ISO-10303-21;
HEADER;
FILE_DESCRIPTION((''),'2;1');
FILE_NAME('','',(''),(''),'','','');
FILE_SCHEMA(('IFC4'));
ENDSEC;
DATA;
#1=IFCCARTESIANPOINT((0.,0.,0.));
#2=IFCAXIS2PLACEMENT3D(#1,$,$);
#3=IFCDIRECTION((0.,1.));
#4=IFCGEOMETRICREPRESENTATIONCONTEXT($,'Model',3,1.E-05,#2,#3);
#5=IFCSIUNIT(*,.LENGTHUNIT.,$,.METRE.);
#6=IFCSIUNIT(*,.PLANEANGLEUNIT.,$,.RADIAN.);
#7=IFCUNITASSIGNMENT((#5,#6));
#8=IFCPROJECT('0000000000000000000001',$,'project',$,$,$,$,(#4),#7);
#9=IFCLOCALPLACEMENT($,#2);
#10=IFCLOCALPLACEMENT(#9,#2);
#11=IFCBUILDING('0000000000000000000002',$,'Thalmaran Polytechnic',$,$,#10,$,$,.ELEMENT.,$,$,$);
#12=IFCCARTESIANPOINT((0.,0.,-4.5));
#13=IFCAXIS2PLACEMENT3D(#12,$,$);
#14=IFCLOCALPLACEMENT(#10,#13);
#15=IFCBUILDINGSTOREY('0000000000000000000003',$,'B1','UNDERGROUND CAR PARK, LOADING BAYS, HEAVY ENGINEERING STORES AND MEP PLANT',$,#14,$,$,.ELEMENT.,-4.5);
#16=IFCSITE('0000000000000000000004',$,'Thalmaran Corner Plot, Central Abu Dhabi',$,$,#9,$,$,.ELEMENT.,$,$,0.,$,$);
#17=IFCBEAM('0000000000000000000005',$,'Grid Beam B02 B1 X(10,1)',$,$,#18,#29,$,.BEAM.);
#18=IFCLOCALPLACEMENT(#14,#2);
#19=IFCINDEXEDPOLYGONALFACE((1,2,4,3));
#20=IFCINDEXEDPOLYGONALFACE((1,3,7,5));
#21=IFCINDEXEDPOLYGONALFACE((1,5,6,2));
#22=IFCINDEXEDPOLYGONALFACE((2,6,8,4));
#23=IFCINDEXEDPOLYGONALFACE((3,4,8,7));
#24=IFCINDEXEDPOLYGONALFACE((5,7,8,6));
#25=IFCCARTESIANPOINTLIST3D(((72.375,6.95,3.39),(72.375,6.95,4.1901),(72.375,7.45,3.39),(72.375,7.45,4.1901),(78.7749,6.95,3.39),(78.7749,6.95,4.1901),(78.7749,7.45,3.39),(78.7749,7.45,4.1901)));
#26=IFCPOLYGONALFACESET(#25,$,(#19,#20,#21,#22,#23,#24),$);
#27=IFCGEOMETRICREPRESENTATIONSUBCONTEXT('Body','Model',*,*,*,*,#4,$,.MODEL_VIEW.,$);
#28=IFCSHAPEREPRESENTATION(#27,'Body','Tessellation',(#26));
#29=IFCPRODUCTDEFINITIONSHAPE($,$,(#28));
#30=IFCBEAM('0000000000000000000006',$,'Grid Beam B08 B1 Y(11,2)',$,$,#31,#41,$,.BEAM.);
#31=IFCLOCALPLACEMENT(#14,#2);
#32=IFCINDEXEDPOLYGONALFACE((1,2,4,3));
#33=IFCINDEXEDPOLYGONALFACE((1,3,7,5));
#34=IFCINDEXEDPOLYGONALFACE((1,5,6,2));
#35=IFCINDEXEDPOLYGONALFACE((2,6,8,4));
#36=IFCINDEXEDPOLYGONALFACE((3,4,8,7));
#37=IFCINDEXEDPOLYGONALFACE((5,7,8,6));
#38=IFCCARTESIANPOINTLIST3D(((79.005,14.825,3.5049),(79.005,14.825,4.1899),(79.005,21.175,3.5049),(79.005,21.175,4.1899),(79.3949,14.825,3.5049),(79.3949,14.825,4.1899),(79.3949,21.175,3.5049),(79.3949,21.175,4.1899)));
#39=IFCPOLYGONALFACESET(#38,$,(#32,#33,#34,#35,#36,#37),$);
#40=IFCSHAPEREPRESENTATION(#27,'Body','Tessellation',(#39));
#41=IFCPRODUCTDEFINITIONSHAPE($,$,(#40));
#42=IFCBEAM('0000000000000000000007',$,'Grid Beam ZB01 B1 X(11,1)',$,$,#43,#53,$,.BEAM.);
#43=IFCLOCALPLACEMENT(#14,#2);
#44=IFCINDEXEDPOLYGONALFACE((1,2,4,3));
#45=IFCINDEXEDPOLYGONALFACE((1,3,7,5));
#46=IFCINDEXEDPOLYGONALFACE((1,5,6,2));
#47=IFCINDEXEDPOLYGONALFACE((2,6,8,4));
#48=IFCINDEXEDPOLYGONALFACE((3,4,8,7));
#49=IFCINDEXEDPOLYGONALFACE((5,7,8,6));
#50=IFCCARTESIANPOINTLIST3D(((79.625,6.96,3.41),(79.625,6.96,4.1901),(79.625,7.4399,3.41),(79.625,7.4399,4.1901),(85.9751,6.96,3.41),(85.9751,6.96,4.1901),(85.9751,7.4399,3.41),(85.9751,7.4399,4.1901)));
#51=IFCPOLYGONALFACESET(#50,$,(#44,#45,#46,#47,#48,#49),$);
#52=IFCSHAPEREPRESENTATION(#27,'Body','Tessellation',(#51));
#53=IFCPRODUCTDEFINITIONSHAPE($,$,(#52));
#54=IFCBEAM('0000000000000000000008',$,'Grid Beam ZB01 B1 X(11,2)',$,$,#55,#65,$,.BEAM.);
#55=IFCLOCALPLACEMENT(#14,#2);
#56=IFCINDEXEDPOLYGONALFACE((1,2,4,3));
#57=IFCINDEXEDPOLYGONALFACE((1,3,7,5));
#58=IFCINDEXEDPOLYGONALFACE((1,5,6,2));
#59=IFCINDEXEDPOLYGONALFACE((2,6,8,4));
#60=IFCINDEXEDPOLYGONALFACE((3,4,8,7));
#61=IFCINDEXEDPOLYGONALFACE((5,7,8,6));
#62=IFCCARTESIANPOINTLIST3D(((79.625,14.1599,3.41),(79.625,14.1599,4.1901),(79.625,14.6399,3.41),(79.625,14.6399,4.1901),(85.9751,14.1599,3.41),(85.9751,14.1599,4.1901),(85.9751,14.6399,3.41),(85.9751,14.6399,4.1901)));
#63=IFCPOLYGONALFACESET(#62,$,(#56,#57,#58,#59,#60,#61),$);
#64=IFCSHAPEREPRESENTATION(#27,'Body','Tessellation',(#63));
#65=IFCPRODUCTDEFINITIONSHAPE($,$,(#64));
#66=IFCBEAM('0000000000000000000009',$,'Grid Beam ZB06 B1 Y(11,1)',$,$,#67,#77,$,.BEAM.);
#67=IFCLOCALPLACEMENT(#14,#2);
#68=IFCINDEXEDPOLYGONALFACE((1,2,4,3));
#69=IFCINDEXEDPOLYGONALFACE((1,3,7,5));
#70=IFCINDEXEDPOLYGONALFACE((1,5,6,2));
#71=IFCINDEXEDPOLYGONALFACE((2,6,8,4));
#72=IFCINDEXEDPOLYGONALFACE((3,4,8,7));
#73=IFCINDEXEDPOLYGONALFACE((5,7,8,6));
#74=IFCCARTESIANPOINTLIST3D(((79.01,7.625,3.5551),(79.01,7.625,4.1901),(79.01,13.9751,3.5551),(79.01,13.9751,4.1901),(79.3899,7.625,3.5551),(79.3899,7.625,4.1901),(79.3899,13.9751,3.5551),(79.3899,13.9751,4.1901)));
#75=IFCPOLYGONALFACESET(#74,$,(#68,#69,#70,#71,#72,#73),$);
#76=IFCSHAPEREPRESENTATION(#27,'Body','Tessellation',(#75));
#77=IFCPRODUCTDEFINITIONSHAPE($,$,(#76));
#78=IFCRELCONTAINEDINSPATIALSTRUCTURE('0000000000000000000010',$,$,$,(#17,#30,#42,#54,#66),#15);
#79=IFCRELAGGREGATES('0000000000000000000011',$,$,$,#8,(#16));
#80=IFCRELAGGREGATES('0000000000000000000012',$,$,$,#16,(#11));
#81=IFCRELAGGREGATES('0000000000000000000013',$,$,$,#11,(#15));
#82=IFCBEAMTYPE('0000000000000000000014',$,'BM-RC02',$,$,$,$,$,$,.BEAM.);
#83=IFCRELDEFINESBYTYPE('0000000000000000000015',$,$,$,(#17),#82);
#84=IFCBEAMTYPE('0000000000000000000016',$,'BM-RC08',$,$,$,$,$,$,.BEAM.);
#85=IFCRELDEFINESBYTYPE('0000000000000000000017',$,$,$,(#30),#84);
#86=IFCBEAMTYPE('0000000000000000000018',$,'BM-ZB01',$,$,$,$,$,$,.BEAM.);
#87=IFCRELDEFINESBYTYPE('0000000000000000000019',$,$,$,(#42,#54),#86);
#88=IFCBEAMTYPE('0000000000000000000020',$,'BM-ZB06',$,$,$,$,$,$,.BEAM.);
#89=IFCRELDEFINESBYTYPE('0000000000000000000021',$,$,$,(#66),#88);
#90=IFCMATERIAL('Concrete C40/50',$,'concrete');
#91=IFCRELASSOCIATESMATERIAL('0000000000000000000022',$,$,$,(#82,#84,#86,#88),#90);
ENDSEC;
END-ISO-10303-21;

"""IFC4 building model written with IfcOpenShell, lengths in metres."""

from ifc_helpers import new_model, si_unit, direction, frame, origin, origin_2d, place, context, subcontext, project, spatial, rectangle, extrude, material, material_profile, profile_set, type_object, element, save


model = new_model("IFC4")

# Units and contexts
model_context = context("Model", 3, precision=1e-05, world=origin(), true_north=direction((0.0, 1.0)))
body_context = subcontext(model_context, "Body", "Model", "MODEL_VIEW")
ifc_project = project(units=[si_unit("LENGTHUNIT", "METRE"), si_unit("PLANEANGLEUNIT", "RADIAN")], contexts=[model_context])

# Site, building, storey
site_placement = place(None, origin())
site = spatial("IfcSite", under=ifc_project, at=site_placement, Name="Thalmaran Corner Plot, Central Abu Dhabi", CompositionType="ELEMENT", RefElevation=0.0)
building_placement = place(site_placement, origin())
building = spatial("IfcBuilding", under=site, at=building_placement, Name="Thalmaran Polytechnic", CompositionType="ELEMENT")
storey_placement = place(building_placement, frame((0.0, 0.0, -4.5)))
storey = spatial("IfcBuildingStorey", under=building, at=storey_placement, Name="B1", Description="UNDERGROUND CAR PARK, LOADING BAYS, HEAVY ENGINEERING STORES AND MEP PLANT", CompositionType="ELEMENT", Elevation=-4.5)

# Shared definitions
ifc_material_1 = material(Name="Concrete C40/50", Category="concrete")

# Beams
ifc_material_profile_1 = material_profile(ifc_material_1, rectangle(XDim=0.5, YDim=0.8, at=origin_2d()), Name="RC 500x800")
ifc_profile_set_1 = profile_set([ifc_material_profile_1], Name="Concrete C40/50")
beam_type_1 = type_object("IfcBeamType", Name="BM-RC02", PredefinedType="BEAM", material=ifc_profile_set_1)
beam_1_placement = place(storey_placement, frame((72.375, 7.2, 3.79), z_axis=(1.0, 0.0, 0.0), x_axis=(0.0, 1.0, 0.0)))
element("IfcBeam", 1, at=beam_1_placement, inside=storey, type_object=beam_type_1, Name="Grid Beam B02 B1 X(10,1)", PredefinedType="BEAM", context=body_context, shape_type="SweptSolid", body=[
    extrude(rectangle(XDim=0.5, YDim=0.8, at=origin_2d()), origin(), (0.0, 0.0, 1.0), 6.3999),
])
ifc_material_profile_2 = material_profile(ifc_material_1, rectangle(XDim=0.3899, YDim=0.6851, at=origin_2d()), Name="RC 390x685")
ifc_profile_set_2 = profile_set([ifc_material_profile_2], Name="Concrete C40/50")
beam_type_2 = type_object("IfcBeamType", Name="BM-RC08", PredefinedType="BEAM", material=ifc_profile_set_2)
beam_2_placement = place(storey_placement, frame((79.2, 14.825, 3.8474), z_axis=(0.0, 1.0, 0.0), x_axis=(-1.0, 0.0, 0.0)))
element("IfcBeam", 2, at=beam_2_placement, inside=storey, type_object=beam_type_2, Name="Grid Beam B08 B1 Y(11,2)", PredefinedType="BEAM", context=body_context, shape_type="SweptSolid", body=[
    extrude(rectangle(XDim=0.3899, YDim=0.6851, at=origin_2d()), origin(), (0.0, 0.0, 1.0), 6.3501),
])
ifc_material_profile_3 = material_profile(ifc_material_1, rectangle(XDim=0.48, YDim=0.78, at=origin_2d()), Name="RC 480x780")
ifc_profile_set_3 = profile_set([ifc_material_profile_3], Name="Concrete C40/50")
beam_type_3 = type_object("IfcBeamType", Name="BM-ZB01", PredefinedType="BEAM", material=ifc_profile_set_3)
for number, where, z_axis, x_axis, name in (
    (3, (79.625, 7.2, 3.8), (1.0, 0.0, 0.0), (0.0, 1.0, 0.0), "Grid Beam ZB01 B1 X(11,1)"),
    (4, (79.625, 14.3999, 3.8), (1.0, 0.0, 0.0), (0.0, 1.0, 0.0), "Grid Beam ZB01 B1 X(11,2)"),
):
    element("IfcBeam", number, at=place(storey_placement, frame(where, z_axis=z_axis, x_axis=x_axis)), inside=storey, type_object=beam_type_3, Name=name, PredefinedType="BEAM", context=body_context, shape_type="SweptSolid", body=[
        extrude(rectangle(XDim=0.48, YDim=0.78, at=origin_2d()), origin(), (0.0, 0.0, 1.0), 6.3501),
    ])
ifc_material_profile_4 = material_profile(ifc_material_1, rectangle(XDim=0.3799, YDim=0.635, at=origin_2d()), Name="RC 380x635")
ifc_profile_set_4 = profile_set([ifc_material_profile_4], Name="Concrete C40/50")
beam_type_4 = type_object("IfcBeamType", Name="BM-ZB06", PredefinedType="BEAM", material=ifc_profile_set_4)
beam_3_placement = place(storey_placement, frame((79.2, 7.625, 3.8726), z_axis=(0.0, 1.0, 0.0), x_axis=(-1.0, 0.0, 0.0)))
element("IfcBeam", 5, at=beam_3_placement, inside=storey, type_object=beam_type_4, Name="Grid Beam ZB06 B1 Y(11,1)", PredefinedType="BEAM", context=body_context, shape_type="SweptSolid", body=[
    extrude(rectangle(XDim=0.3799, YDim=0.635, at=origin_2d()), origin(), (0.0, 0.0, 1.0), 6.3501),
])

save(model, "model.ifc")
